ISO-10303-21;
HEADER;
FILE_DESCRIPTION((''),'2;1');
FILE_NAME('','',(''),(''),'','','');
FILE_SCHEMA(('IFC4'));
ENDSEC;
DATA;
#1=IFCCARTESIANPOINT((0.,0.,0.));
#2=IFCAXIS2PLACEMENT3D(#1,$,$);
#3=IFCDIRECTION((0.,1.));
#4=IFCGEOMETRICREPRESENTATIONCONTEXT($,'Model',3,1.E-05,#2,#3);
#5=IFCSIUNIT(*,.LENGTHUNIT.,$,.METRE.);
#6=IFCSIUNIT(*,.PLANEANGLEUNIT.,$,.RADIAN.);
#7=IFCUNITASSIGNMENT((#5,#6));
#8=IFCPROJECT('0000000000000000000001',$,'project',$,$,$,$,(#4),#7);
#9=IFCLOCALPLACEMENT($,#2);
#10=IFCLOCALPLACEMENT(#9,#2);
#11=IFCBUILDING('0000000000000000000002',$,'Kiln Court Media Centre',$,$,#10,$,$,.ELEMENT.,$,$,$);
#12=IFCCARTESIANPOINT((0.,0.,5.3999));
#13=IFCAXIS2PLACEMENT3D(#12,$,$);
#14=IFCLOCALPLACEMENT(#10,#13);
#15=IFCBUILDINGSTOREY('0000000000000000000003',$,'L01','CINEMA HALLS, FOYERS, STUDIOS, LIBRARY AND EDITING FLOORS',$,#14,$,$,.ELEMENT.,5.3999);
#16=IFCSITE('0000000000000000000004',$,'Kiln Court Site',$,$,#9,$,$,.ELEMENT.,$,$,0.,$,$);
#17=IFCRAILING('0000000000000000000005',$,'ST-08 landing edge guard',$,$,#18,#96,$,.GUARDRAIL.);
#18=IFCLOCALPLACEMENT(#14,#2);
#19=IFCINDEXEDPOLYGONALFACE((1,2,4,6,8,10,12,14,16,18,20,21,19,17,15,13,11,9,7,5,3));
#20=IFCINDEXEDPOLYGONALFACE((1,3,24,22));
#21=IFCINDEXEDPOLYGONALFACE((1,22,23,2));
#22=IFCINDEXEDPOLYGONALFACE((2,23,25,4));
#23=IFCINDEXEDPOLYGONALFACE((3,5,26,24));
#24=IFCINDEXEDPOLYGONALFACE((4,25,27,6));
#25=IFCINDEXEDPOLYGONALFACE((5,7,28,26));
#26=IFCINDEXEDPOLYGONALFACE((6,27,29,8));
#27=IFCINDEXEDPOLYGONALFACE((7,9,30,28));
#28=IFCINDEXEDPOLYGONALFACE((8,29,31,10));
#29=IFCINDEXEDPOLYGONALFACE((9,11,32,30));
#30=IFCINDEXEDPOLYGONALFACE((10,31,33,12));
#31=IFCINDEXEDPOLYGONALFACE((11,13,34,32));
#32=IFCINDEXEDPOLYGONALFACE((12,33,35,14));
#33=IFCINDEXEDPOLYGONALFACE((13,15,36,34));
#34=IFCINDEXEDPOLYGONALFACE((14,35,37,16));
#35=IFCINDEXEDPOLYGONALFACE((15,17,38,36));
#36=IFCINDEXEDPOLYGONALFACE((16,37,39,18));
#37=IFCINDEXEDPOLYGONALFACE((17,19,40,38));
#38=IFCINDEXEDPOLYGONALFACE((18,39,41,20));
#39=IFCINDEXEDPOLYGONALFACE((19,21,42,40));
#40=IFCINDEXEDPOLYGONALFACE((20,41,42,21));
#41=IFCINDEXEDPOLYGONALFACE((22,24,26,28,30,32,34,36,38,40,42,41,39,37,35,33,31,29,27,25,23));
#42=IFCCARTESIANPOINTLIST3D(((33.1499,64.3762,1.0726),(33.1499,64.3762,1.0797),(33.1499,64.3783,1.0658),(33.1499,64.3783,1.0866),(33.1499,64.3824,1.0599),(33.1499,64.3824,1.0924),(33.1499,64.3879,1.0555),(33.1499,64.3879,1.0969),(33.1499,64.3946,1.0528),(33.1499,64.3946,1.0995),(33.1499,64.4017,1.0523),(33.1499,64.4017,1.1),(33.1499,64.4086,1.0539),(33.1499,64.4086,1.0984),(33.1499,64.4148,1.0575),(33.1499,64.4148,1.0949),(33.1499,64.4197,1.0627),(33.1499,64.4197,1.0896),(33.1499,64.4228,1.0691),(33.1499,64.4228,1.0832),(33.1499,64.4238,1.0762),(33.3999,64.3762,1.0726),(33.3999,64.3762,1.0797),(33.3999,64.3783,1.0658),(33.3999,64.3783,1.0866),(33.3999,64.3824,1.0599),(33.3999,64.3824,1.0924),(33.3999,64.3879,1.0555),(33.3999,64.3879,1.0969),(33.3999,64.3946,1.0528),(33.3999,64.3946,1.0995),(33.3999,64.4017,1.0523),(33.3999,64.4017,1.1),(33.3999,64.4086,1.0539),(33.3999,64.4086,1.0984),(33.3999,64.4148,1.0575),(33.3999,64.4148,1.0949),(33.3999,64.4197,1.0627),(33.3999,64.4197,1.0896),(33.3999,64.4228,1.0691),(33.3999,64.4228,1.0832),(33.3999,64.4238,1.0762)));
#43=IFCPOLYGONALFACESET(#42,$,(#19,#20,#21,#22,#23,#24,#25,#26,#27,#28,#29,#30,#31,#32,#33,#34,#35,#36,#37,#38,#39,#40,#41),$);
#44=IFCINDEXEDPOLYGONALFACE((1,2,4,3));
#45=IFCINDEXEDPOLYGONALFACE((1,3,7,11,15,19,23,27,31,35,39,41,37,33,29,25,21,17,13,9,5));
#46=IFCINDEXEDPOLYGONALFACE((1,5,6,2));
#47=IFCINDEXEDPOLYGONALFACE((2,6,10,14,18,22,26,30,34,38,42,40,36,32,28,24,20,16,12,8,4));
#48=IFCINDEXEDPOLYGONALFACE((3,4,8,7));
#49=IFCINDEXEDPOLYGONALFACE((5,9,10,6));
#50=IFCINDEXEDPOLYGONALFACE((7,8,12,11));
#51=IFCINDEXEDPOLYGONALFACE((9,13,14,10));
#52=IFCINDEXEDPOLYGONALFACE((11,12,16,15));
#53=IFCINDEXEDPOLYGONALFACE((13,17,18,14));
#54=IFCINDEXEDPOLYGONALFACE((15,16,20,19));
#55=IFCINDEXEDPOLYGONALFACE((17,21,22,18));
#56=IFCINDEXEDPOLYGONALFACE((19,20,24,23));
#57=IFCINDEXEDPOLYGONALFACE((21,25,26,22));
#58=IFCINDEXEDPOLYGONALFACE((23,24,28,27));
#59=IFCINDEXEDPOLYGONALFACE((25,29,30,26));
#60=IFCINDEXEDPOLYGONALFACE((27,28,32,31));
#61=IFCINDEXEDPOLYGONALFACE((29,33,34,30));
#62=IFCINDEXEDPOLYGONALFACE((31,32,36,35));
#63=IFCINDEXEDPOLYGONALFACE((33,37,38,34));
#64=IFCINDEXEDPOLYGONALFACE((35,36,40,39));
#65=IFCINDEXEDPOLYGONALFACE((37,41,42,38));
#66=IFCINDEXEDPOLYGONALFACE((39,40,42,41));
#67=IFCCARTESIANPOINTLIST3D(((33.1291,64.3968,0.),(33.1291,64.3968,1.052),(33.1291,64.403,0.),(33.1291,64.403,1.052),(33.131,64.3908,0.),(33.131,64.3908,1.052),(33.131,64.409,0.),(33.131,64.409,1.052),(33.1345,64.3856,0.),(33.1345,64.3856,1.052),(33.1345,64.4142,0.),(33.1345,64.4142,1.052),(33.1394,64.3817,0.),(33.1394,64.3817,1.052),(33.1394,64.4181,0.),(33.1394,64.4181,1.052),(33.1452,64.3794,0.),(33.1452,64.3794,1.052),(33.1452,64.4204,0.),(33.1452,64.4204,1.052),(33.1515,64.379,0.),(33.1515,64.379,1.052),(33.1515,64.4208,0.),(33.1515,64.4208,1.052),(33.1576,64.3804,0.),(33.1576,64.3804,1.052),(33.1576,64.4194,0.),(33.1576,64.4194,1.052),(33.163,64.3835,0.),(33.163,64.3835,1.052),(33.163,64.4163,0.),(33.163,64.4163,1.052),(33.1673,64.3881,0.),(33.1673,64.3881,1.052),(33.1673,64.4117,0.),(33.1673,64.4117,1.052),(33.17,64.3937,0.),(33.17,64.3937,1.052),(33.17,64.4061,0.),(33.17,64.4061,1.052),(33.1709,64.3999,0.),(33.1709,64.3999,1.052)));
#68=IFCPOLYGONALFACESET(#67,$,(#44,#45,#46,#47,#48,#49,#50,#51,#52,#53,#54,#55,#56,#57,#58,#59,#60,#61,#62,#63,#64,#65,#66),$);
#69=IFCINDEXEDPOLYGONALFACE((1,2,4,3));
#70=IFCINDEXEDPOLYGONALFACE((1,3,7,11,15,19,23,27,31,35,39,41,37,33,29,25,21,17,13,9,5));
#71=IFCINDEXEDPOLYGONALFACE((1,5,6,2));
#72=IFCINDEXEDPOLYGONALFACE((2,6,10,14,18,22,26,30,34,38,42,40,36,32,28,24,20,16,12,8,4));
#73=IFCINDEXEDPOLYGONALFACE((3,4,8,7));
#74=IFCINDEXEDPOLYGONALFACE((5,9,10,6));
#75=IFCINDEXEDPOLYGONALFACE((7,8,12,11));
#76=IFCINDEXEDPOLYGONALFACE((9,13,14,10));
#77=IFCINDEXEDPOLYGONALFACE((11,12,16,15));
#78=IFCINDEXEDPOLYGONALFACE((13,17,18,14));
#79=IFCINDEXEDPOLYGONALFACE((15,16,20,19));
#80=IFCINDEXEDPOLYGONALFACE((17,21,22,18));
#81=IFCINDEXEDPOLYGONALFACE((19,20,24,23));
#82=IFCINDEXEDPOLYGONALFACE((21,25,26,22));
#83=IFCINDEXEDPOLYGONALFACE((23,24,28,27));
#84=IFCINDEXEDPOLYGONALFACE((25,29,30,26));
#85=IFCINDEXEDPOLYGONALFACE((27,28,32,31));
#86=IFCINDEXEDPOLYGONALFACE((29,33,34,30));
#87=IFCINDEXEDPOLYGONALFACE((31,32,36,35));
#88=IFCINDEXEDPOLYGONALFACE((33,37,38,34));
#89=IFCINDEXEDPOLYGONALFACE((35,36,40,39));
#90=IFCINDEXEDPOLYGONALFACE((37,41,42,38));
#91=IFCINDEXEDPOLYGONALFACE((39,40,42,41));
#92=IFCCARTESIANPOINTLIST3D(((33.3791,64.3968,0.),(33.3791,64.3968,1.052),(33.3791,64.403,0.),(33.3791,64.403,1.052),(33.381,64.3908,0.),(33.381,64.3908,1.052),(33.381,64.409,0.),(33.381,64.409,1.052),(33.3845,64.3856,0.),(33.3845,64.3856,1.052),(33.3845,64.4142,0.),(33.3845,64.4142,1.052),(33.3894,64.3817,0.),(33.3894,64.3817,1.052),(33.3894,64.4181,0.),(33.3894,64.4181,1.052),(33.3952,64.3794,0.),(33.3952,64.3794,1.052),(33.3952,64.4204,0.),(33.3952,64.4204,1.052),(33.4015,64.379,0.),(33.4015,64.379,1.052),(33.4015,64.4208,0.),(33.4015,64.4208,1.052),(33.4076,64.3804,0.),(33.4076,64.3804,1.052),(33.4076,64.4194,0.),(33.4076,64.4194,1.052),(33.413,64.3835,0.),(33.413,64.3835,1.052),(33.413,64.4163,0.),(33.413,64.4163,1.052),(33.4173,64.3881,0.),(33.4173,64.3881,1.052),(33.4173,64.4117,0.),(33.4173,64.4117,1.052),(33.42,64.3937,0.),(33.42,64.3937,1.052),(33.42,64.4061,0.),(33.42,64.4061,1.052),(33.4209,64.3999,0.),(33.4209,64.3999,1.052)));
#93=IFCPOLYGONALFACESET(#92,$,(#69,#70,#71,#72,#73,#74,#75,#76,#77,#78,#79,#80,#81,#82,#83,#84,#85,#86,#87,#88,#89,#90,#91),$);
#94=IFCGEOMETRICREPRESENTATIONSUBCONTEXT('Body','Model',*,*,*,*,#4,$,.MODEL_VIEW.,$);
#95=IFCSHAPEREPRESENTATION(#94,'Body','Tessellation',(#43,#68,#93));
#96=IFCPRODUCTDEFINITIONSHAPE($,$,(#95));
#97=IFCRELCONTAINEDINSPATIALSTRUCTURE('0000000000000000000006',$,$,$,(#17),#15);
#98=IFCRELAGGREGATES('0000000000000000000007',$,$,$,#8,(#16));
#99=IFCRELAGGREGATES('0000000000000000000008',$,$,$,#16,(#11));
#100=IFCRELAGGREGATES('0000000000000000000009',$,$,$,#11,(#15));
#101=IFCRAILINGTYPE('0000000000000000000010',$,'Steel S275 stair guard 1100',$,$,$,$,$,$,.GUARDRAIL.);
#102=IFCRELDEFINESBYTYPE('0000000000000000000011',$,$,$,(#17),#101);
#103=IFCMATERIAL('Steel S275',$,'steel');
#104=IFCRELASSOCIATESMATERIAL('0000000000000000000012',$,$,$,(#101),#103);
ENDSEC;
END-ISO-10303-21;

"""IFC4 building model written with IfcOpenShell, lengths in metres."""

from ifc_helpers import new_model, si_unit, direction, frame, origin, origin_2d, place, context, subcontext, project, spatial, circle, extrude, material, type_object, element, save


model = new_model("IFC4")

# Units and contexts
model_context = context("Model", 3, precision=1e-05, world=origin(), true_north=direction((0.0, 1.0)))
body_context = subcontext(model_context, "Body", "Model", "MODEL_VIEW")
ifc_project = project(units=[si_unit("LENGTHUNIT", "METRE"), si_unit("PLANEANGLEUNIT", "RADIAN")], contexts=[model_context])

# Site, building, storey
site_placement = place(None, origin())
site = spatial("IfcSite", under=ifc_project, at=site_placement, Name="Kiln Court Site", CompositionType="ELEMENT", RefElevation=0.0)
building_placement = place(site_placement, origin())
building = spatial("IfcBuilding", under=site, at=building_placement, Name="Kiln Court Media Centre", CompositionType="ELEMENT")
storey_placement = place(building_placement, frame((0.0, 0.0, 5.3999)))
storey = spatial("IfcBuildingStorey", under=building, at=storey_placement, Name="L01", Description="CINEMA HALLS, FOYERS, STUDIOS, LIBRARY AND EDITING FLOORS", CompositionType="ELEMENT", Elevation=5.3999)

# Railing
ifc_material_1 = material(Name="Steel S275", Category="steel")
railing_type_1 = type_object("IfcRailingType", Name="Steel S275 stair guard 1100", PredefinedType="GUARDRAIL", material=ifc_material_1)
for number, where, name in (
    (1, (33.1499, 64.3999, 0.0), "ST-08 landing edge guard"),
):
    element("IfcRailing", number, at=place(storey_placement, frame(where)), inside=storey, type_object=railing_type_1, Name=name, PredefinedType="GUARDRAIL", context=body_context, shape_type="SweptSolid", body=[
        extrude(circle(Radius=0.0239, at=origin_2d()), frame((0.0, 0.0, 1.0762), z_axis=(1.0, 0.0, 0.0), x_axis=(0.0, 1.0, 0.0)), (0.0, 0.0, 1.0), 0.25),
        extrude(circle(Radius=0.021, at=origin_2d()), origin(), (0.0, 0.0, 1.0), 1.052),
        extrude(circle(Radius=0.021, at=origin_2d()), frame((0.25, 0.0, 0.0)), (0.0, 0.0, 1.0), 1.052),
    ])

save(model, "model.ifc")
